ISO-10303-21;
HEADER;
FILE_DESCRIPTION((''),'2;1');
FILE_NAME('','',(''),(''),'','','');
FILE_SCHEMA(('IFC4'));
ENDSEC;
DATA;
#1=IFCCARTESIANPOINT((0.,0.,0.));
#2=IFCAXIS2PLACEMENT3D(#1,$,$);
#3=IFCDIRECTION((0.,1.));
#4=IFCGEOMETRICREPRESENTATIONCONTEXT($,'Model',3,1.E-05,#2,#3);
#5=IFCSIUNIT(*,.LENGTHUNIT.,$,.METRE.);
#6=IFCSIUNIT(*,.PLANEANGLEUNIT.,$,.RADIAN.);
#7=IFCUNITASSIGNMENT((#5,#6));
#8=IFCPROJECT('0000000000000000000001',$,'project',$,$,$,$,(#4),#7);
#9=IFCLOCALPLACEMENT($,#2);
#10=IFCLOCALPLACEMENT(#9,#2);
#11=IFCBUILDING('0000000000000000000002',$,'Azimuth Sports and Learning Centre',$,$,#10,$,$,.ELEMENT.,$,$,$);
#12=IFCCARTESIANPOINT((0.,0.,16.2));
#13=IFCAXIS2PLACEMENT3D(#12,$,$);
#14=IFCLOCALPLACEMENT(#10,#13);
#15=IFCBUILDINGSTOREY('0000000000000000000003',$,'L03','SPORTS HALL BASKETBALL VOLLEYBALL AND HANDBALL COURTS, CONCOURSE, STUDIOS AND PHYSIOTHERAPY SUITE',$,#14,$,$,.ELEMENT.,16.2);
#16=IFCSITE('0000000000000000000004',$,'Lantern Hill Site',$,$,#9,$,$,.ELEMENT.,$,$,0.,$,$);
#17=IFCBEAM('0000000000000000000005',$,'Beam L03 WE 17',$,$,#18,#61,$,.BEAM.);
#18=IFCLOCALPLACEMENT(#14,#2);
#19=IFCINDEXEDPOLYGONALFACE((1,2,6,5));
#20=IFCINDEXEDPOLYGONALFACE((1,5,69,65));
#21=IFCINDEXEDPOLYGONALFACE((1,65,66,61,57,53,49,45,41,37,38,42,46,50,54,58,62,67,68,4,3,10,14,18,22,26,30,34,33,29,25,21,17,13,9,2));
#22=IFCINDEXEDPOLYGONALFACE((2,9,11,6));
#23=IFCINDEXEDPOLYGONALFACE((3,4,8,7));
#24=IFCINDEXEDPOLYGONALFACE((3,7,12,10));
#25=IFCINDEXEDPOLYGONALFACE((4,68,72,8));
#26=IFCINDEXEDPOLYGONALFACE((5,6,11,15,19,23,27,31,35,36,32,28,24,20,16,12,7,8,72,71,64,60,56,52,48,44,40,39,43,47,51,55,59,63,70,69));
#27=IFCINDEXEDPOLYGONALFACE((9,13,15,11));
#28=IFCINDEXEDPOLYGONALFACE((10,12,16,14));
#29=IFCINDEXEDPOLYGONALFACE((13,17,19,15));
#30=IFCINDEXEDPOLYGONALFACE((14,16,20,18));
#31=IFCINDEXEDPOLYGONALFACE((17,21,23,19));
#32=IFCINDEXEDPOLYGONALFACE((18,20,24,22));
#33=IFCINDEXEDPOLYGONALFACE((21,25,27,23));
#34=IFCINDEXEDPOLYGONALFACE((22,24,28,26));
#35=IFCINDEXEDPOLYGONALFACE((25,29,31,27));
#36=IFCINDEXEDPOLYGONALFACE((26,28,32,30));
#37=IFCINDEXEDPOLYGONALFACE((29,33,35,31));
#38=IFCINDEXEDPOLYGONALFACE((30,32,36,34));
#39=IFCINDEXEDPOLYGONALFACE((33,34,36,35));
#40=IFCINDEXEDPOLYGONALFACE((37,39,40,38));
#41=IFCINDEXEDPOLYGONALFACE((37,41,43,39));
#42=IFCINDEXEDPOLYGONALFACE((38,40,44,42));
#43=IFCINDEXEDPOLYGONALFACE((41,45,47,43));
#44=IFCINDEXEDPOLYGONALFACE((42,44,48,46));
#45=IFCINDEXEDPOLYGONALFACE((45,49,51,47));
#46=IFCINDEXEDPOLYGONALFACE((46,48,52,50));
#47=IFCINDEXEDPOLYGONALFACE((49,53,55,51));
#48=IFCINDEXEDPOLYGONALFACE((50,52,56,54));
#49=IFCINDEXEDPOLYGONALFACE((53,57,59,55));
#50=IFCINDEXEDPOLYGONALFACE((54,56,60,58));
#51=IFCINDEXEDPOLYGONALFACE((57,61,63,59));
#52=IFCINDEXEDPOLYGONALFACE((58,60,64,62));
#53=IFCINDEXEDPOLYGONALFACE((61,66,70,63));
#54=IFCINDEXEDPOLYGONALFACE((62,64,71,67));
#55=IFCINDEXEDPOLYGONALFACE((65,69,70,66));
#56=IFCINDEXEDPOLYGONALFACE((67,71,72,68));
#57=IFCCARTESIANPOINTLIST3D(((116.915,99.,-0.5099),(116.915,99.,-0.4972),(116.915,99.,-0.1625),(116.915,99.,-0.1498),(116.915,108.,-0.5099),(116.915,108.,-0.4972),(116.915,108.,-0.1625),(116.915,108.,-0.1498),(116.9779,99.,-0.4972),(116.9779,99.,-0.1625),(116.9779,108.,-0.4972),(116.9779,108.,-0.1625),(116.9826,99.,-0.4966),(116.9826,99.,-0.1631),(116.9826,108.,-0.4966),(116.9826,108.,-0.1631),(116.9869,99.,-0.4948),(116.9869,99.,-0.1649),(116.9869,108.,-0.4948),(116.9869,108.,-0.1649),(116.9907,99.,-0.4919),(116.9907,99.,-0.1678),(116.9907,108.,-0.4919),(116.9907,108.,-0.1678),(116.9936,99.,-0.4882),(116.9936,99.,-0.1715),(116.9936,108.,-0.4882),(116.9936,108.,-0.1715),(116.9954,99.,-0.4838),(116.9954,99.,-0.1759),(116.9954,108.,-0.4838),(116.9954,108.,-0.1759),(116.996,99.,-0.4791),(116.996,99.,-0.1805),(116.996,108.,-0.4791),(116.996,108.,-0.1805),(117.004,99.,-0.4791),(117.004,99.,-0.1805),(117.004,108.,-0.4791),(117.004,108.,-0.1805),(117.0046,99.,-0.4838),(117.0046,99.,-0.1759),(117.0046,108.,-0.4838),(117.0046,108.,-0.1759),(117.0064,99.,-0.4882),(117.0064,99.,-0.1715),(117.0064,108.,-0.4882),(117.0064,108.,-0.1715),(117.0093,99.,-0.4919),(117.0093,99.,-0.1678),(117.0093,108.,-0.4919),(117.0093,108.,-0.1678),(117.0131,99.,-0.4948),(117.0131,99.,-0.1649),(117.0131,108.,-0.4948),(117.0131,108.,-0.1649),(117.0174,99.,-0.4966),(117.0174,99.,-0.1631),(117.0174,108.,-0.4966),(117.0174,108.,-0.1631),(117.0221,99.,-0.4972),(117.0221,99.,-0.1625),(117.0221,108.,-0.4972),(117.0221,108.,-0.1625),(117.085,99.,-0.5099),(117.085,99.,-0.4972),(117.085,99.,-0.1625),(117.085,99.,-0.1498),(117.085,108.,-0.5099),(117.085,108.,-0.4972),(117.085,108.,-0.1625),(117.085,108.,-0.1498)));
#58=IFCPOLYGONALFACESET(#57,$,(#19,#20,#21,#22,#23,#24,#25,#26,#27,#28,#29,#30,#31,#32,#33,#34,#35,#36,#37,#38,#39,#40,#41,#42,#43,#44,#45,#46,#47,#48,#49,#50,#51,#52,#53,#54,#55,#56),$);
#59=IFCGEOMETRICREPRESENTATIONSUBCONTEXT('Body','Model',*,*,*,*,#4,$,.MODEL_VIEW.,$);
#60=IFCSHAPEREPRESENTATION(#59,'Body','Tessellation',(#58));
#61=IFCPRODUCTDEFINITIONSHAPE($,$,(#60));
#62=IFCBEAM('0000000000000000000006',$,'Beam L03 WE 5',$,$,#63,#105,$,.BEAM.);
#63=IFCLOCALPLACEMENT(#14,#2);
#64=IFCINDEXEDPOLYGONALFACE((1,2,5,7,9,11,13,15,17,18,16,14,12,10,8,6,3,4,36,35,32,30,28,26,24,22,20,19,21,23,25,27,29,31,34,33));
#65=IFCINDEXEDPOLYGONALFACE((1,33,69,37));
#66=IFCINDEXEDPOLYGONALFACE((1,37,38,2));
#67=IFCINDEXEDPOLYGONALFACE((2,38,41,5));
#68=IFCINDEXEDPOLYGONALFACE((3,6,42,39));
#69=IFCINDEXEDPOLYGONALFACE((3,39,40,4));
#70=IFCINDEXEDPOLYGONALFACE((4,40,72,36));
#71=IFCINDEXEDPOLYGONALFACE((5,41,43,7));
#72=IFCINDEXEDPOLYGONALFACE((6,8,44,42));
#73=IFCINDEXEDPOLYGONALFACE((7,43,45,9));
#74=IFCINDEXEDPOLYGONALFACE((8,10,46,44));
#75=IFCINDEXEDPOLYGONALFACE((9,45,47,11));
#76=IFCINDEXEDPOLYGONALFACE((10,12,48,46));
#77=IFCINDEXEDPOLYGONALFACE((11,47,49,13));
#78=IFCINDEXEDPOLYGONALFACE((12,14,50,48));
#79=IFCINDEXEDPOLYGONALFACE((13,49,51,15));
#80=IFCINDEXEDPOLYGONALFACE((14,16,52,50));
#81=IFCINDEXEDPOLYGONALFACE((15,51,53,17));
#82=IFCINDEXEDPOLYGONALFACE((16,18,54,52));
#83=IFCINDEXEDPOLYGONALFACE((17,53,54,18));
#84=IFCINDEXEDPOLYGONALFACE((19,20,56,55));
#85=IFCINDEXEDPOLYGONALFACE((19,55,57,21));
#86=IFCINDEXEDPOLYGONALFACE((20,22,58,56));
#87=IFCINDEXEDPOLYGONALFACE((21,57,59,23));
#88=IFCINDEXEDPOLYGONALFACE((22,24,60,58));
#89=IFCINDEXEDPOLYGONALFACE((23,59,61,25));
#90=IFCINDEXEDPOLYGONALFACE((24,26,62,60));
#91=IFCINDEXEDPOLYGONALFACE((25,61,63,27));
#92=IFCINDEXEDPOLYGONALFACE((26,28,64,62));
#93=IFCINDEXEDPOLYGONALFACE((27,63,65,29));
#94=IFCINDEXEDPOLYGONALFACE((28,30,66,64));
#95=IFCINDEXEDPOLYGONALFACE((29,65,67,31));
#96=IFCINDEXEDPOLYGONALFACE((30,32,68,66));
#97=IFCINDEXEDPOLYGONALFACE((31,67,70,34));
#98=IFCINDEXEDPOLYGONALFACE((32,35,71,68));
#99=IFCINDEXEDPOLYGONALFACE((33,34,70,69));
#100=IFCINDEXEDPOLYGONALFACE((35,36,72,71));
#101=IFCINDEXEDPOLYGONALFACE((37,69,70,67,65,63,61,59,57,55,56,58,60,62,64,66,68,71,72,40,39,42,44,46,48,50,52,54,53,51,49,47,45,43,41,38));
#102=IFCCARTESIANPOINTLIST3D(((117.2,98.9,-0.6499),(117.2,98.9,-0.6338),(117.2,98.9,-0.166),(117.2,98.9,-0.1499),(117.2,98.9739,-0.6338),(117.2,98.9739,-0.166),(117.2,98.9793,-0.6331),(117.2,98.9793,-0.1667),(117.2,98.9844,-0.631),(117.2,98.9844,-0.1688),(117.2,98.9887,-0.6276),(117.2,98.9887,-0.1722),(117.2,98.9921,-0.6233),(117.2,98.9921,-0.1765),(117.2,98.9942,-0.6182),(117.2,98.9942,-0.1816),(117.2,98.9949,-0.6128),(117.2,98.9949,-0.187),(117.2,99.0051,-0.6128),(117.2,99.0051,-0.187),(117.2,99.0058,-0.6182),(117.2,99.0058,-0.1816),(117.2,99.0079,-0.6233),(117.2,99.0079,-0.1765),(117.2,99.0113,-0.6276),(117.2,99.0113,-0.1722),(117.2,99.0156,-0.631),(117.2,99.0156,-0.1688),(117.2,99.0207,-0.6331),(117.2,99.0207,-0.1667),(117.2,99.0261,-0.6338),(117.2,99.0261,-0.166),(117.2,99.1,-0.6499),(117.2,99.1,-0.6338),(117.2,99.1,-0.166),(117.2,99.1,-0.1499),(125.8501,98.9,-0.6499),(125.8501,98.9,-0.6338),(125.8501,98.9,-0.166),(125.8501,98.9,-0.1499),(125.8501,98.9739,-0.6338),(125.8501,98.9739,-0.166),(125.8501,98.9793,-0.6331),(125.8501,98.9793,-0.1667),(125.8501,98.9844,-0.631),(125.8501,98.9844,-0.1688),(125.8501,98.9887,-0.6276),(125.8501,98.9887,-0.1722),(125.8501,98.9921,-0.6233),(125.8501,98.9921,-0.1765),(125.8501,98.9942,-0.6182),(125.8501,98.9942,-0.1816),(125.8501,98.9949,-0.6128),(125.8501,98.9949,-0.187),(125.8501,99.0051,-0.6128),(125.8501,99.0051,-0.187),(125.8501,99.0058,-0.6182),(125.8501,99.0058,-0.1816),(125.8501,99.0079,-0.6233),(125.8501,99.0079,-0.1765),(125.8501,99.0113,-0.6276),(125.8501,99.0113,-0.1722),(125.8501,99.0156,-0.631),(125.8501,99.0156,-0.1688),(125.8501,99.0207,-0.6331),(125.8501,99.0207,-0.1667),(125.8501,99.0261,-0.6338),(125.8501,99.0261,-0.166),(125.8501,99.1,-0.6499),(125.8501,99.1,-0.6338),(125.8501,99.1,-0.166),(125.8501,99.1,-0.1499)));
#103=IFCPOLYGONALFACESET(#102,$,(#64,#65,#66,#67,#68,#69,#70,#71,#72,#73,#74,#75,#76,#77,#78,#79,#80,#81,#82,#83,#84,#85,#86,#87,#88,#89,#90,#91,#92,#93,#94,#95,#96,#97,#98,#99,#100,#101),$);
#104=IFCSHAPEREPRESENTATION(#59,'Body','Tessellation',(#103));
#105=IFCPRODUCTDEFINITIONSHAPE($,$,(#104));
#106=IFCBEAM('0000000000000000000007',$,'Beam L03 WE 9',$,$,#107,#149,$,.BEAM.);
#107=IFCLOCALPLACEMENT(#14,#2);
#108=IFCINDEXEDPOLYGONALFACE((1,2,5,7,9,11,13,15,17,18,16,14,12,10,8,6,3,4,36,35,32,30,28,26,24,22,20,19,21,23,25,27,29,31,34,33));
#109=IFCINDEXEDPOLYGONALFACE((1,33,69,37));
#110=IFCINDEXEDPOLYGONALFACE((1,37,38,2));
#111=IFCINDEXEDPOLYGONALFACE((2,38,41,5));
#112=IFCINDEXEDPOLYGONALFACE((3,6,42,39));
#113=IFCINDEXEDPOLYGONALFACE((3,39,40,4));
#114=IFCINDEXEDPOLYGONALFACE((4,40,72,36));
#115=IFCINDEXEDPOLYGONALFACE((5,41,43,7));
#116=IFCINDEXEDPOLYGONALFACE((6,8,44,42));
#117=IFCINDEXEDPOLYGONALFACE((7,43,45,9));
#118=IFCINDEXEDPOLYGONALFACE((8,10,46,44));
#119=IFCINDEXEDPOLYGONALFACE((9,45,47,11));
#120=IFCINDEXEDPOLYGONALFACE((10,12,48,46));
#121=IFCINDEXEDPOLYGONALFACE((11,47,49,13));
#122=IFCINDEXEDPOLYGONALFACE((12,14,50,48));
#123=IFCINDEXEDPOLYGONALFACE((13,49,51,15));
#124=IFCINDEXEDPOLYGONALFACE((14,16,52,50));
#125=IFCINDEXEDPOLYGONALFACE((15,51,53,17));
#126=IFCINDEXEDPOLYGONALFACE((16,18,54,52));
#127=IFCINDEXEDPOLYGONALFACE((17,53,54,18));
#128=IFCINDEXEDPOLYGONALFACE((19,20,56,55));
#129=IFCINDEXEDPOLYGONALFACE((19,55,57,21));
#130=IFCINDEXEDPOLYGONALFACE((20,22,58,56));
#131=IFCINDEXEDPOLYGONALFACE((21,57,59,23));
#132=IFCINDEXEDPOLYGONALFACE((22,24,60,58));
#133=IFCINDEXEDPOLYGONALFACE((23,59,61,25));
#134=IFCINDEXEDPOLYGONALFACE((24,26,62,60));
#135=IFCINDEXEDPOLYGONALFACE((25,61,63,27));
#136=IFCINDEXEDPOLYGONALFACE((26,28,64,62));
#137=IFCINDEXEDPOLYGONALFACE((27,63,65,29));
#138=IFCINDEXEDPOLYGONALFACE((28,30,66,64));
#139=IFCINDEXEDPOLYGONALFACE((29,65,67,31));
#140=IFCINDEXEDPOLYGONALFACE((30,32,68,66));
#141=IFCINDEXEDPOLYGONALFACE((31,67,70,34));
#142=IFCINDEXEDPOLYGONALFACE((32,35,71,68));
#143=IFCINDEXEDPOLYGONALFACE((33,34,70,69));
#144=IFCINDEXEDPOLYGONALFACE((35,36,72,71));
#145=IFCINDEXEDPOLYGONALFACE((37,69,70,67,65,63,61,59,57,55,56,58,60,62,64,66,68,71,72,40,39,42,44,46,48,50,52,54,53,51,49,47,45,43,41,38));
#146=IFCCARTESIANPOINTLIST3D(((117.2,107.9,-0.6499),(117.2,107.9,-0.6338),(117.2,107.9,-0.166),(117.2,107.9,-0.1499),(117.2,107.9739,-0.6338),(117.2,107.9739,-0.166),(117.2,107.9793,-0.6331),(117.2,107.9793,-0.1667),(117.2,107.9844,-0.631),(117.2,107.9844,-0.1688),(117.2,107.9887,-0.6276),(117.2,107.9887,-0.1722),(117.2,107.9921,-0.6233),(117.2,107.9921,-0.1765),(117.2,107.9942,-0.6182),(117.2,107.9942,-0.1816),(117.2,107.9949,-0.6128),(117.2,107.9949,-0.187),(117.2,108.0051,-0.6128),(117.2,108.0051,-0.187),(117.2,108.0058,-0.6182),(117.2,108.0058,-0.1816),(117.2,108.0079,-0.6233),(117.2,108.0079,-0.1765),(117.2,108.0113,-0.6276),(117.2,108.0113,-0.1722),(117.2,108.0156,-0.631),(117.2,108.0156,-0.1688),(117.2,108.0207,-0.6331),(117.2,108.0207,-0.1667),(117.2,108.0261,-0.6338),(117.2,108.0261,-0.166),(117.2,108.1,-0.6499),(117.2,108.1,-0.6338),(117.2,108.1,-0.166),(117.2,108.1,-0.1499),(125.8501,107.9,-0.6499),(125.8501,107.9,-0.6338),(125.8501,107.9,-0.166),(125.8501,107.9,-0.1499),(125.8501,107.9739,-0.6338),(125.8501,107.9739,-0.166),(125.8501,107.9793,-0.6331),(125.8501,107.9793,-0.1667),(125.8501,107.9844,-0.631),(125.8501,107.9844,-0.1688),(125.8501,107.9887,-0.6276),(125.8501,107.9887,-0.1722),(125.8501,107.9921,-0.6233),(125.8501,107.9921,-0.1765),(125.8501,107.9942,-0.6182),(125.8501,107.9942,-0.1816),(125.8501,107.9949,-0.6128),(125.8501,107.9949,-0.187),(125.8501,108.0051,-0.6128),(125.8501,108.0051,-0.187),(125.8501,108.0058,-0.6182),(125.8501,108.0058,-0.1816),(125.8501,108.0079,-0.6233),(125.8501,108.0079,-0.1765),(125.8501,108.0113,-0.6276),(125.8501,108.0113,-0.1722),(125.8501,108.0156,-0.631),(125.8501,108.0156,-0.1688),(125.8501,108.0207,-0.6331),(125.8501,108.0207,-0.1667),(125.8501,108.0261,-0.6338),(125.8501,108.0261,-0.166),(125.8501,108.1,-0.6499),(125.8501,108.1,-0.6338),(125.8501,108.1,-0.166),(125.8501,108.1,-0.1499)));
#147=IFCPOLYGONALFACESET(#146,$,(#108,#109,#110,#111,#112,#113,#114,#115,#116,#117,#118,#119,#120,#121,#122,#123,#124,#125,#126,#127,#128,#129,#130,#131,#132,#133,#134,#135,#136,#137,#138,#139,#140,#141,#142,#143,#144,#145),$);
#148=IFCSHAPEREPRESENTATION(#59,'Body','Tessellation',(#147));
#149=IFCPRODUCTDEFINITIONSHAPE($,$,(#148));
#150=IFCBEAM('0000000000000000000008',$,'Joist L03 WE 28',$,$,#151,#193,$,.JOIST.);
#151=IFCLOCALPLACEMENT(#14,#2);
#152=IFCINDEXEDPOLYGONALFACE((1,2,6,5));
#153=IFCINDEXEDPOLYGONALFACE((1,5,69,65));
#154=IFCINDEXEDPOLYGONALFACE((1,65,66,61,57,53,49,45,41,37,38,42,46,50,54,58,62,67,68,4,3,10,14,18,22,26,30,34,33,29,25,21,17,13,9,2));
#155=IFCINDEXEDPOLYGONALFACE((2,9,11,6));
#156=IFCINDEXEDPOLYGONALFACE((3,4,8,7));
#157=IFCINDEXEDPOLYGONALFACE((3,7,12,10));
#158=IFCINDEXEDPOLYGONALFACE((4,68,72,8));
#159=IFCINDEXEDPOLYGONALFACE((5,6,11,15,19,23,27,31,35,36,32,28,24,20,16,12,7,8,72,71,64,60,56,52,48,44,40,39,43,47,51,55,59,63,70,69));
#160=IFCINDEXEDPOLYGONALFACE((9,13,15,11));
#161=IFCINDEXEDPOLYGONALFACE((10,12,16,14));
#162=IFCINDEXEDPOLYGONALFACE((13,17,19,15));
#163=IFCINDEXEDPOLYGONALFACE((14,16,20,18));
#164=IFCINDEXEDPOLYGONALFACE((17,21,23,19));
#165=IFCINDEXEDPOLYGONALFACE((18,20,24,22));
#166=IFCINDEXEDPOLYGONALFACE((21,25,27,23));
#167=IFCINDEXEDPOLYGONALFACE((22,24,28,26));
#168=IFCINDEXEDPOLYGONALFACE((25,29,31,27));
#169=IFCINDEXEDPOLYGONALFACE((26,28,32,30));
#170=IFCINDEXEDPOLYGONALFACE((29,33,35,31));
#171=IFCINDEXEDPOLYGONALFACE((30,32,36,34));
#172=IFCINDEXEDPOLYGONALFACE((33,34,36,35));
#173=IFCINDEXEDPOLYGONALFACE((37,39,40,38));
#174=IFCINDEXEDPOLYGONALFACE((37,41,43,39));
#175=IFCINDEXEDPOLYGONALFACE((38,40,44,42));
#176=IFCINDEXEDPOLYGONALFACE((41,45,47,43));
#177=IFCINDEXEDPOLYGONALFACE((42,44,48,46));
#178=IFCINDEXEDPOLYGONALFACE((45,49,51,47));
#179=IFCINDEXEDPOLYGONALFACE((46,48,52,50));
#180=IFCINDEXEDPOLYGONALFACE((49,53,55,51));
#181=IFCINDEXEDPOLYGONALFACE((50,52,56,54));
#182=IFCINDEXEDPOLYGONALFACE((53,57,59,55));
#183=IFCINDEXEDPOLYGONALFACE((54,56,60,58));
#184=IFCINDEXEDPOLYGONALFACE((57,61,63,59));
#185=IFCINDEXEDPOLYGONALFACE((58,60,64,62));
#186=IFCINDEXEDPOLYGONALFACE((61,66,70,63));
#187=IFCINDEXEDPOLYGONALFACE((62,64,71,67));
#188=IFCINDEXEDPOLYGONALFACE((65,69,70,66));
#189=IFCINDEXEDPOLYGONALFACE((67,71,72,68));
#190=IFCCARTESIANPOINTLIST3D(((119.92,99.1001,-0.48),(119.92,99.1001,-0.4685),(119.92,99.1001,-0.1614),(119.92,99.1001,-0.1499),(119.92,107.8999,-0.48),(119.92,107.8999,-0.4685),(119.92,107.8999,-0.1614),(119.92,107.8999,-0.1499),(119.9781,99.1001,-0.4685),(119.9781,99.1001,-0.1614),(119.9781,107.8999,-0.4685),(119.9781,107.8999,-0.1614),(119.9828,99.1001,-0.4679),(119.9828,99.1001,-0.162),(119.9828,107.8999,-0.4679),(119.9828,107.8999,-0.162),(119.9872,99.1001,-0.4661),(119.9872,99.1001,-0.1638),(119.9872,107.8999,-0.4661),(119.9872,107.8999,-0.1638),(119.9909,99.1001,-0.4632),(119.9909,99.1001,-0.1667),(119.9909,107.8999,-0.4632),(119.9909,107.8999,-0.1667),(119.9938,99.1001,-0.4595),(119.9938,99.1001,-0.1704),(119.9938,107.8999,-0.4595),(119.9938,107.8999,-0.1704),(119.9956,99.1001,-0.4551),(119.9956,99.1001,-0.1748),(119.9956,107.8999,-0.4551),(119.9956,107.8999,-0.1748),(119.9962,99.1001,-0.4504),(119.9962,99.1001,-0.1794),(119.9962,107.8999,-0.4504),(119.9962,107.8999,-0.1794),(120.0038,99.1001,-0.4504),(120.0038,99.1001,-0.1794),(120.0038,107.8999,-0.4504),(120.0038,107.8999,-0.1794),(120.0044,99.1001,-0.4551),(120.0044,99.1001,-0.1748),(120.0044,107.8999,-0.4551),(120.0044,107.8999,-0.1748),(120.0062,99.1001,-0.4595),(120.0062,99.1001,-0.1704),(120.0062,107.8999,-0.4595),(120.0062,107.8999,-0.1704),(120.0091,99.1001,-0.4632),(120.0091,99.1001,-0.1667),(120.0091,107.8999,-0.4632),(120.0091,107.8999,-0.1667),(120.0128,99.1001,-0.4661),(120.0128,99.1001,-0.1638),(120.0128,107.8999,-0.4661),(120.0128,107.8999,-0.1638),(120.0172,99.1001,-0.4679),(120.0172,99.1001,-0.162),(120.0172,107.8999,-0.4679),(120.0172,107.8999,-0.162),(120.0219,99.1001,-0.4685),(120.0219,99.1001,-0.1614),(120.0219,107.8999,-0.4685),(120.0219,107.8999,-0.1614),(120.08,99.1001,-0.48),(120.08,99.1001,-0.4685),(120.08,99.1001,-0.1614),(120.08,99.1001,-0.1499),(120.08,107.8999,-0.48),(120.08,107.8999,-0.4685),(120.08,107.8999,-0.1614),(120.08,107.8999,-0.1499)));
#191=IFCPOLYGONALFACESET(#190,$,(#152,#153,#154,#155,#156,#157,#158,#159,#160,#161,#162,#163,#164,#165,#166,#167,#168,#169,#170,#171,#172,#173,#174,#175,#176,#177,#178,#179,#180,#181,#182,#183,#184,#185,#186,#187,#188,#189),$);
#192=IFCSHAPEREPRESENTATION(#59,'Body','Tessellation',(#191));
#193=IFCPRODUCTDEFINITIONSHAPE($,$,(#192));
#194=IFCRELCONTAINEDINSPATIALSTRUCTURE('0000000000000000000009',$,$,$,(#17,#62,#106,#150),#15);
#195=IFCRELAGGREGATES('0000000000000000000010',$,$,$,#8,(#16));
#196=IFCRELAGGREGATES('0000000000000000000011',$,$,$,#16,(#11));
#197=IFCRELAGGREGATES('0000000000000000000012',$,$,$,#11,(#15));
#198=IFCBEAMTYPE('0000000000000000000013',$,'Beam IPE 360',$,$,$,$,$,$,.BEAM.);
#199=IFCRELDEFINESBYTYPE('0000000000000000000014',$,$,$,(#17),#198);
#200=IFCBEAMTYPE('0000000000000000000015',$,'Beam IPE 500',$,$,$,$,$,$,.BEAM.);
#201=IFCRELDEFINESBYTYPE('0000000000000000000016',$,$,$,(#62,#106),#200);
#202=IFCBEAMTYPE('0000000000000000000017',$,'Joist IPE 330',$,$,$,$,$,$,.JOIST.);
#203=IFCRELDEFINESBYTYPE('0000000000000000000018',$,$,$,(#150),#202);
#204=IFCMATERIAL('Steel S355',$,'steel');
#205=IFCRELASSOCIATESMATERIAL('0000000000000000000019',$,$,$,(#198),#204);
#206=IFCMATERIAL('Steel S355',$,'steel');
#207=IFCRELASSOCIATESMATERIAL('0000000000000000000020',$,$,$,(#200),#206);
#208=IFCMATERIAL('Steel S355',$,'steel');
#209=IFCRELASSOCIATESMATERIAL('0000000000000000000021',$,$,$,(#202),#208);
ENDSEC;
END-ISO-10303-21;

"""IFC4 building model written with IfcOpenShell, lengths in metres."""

from ifc_helpers import new_model, si_unit, direction, frame, origin, origin_2d, place, context, subcontext, project, spatial, i_section, extrude, material, material_profile, profile_set, type_object, element, save


model = new_model("IFC4")

# Units and contexts
model_context = context("Model", 3, precision=1e-05, world=origin(), true_north=direction((0.0, 1.0)))
body_context = subcontext(model_context, "Body", "Model", "MODEL_VIEW")
ifc_project = project(units=[si_unit("LENGTHUNIT", "METRE"), si_unit("PLANEANGLEUNIT", "RADIAN")], contexts=[model_context])

# Site, building, storey
site_placement = place(None, origin())
site = spatial("IfcSite", under=ifc_project, at=site_placement, Name="Lantern Hill Site", CompositionType="ELEMENT", RefElevation=0.0)
building_placement = place(site_placement, origin())
building = spatial("IfcBuilding", under=site, at=building_placement, Name="Azimuth Sports and Learning Centre", CompositionType="ELEMENT")
storey_placement = place(building_placement, frame((0.0, 0.0, 16.2)))
storey = spatial("IfcBuildingStorey", under=building, at=storey_placement, Name="L03", Description="SPORTS HALL BASKETBALL VOLLEYBALL AND HANDBALL COURTS, CONCOURSE, STUDIOS AND PHYSIOTHERAPY SUITE", CompositionType="ELEMENT", Elevation=16.2)

# Beams
ifc_material_1 = material(Name="Steel S355", Category="steel")
ifc_material_profile_1 = material_profile(ifc_material_1, i_section(OverallWidth=0.1699, OverallDepth=0.3601, WebThickness=0.0081, FlangeThickness=0.0127, FilletRadius=0.0181, at=origin_2d()), Name="IPE 360")
ifc_profile_set_1 = profile_set([ifc_material_profile_1], Name="Steel S355")
beam_type_1 = type_object("IfcBeamType", Name="Beam IPE 360", PredefinedType="BEAM", material=ifc_profile_set_1)
beam_1_placement = place(storey_placement, frame((117.0, 99.0, -0.3298), z_axis=(0.0, 1.0, 0.0), x_axis=(-1.0, 0.0, 0.0)))
element("IfcBeam", 1, at=beam_1_placement, inside=storey, type_object=beam_type_1, Name="Beam L03 WE 17", PredefinedType="BEAM", context=body_context, shape_type="SweptSolid", body=[
    extrude(i_section(OverallWidth=0.1699, OverallDepth=0.3601, WebThickness=0.0081, FlangeThickness=0.0127, FilletRadius=0.0181, at=origin_2d()), origin(), (0.0, 0.0, 1.0), 9.0),
])
ifc_material_2 = material(Name="Steel S355", Category="steel")
ifc_material_profile_2 = material_profile(ifc_material_2, i_section(OverallWidth=0.2, OverallDepth=0.5, WebThickness=0.0103, FlangeThickness=0.0161, FilletRadius=0.021, at=origin_2d()), Name="IPE 500")
ifc_profile_set_2 = profile_set([ifc_material_profile_2], Name="Steel S355")
beam_type_2 = type_object("IfcBeamType", Name="Beam IPE 500", PredefinedType="BEAM", material=ifc_profile_set_2)
for number, where, z_axis, x_axis, name in (
    (2, (117.2, 99.0, -0.3999), (1.0, 0.0, 0.0), (0.0, 1.0, 0.0), "Beam L03 WE 5"),
    (3, (117.2, 108.0, -0.3999), (1.0, 0.0, 0.0), (0.0, 1.0, 0.0), "Beam L03 WE 9"),
):
    element("IfcBeam", number, at=place(storey_placement, frame(where, z_axis=z_axis, x_axis=x_axis)), inside=storey, type_object=beam_type_2, Name=name, PredefinedType="BEAM", context=body_context, shape_type="SweptSolid", body=[
        extrude(i_section(OverallWidth=0.2, OverallDepth=0.5, WebThickness=0.0103, FlangeThickness=0.0161, FilletRadius=0.021, at=origin_2d()), origin(), (0.0, 0.0, 1.0), 8.6501),
    ])
ifc_material_3 = material(Name="Steel S355", Category="steel")
ifc_material_profile_3 = material_profile(ifc_material_3, i_section(OverallWidth=0.1599, OverallDepth=0.3301, WebThickness=0.0076, FlangeThickness=0.0115, FilletRadius=0.0181, at=origin_2d()), Name="IPE 330")
ifc_profile_set_3 = profile_set([ifc_material_profile_3], Name="Steel S355")
beam_type_3 = type_object("IfcBeamType", Name="Joist IPE 330", PredefinedType="JOIST", material=ifc_profile_set_3)
beam_2_placement = place(storey_placement, frame((120.0, 99.1001, -0.3149), z_axis=(0.0, 1.0, 0.0), x_axis=(-1.0, 0.0, 0.0)))
element("IfcBeam", 4, at=beam_2_placement, inside=storey, type_object=beam_type_3, Name="Joist L03 WE 28", PredefinedType="JOIST", context=body_context, shape_type="SweptSolid", body=[
    extrude(i_section(OverallWidth=0.1599, OverallDepth=0.3301, WebThickness=0.0076, FlangeThickness=0.0115, FilletRadius=0.0181, at=origin_2d()), origin(), (0.0, 0.0, 1.0), 8.7998),
])

save(model, "model.ifc")
